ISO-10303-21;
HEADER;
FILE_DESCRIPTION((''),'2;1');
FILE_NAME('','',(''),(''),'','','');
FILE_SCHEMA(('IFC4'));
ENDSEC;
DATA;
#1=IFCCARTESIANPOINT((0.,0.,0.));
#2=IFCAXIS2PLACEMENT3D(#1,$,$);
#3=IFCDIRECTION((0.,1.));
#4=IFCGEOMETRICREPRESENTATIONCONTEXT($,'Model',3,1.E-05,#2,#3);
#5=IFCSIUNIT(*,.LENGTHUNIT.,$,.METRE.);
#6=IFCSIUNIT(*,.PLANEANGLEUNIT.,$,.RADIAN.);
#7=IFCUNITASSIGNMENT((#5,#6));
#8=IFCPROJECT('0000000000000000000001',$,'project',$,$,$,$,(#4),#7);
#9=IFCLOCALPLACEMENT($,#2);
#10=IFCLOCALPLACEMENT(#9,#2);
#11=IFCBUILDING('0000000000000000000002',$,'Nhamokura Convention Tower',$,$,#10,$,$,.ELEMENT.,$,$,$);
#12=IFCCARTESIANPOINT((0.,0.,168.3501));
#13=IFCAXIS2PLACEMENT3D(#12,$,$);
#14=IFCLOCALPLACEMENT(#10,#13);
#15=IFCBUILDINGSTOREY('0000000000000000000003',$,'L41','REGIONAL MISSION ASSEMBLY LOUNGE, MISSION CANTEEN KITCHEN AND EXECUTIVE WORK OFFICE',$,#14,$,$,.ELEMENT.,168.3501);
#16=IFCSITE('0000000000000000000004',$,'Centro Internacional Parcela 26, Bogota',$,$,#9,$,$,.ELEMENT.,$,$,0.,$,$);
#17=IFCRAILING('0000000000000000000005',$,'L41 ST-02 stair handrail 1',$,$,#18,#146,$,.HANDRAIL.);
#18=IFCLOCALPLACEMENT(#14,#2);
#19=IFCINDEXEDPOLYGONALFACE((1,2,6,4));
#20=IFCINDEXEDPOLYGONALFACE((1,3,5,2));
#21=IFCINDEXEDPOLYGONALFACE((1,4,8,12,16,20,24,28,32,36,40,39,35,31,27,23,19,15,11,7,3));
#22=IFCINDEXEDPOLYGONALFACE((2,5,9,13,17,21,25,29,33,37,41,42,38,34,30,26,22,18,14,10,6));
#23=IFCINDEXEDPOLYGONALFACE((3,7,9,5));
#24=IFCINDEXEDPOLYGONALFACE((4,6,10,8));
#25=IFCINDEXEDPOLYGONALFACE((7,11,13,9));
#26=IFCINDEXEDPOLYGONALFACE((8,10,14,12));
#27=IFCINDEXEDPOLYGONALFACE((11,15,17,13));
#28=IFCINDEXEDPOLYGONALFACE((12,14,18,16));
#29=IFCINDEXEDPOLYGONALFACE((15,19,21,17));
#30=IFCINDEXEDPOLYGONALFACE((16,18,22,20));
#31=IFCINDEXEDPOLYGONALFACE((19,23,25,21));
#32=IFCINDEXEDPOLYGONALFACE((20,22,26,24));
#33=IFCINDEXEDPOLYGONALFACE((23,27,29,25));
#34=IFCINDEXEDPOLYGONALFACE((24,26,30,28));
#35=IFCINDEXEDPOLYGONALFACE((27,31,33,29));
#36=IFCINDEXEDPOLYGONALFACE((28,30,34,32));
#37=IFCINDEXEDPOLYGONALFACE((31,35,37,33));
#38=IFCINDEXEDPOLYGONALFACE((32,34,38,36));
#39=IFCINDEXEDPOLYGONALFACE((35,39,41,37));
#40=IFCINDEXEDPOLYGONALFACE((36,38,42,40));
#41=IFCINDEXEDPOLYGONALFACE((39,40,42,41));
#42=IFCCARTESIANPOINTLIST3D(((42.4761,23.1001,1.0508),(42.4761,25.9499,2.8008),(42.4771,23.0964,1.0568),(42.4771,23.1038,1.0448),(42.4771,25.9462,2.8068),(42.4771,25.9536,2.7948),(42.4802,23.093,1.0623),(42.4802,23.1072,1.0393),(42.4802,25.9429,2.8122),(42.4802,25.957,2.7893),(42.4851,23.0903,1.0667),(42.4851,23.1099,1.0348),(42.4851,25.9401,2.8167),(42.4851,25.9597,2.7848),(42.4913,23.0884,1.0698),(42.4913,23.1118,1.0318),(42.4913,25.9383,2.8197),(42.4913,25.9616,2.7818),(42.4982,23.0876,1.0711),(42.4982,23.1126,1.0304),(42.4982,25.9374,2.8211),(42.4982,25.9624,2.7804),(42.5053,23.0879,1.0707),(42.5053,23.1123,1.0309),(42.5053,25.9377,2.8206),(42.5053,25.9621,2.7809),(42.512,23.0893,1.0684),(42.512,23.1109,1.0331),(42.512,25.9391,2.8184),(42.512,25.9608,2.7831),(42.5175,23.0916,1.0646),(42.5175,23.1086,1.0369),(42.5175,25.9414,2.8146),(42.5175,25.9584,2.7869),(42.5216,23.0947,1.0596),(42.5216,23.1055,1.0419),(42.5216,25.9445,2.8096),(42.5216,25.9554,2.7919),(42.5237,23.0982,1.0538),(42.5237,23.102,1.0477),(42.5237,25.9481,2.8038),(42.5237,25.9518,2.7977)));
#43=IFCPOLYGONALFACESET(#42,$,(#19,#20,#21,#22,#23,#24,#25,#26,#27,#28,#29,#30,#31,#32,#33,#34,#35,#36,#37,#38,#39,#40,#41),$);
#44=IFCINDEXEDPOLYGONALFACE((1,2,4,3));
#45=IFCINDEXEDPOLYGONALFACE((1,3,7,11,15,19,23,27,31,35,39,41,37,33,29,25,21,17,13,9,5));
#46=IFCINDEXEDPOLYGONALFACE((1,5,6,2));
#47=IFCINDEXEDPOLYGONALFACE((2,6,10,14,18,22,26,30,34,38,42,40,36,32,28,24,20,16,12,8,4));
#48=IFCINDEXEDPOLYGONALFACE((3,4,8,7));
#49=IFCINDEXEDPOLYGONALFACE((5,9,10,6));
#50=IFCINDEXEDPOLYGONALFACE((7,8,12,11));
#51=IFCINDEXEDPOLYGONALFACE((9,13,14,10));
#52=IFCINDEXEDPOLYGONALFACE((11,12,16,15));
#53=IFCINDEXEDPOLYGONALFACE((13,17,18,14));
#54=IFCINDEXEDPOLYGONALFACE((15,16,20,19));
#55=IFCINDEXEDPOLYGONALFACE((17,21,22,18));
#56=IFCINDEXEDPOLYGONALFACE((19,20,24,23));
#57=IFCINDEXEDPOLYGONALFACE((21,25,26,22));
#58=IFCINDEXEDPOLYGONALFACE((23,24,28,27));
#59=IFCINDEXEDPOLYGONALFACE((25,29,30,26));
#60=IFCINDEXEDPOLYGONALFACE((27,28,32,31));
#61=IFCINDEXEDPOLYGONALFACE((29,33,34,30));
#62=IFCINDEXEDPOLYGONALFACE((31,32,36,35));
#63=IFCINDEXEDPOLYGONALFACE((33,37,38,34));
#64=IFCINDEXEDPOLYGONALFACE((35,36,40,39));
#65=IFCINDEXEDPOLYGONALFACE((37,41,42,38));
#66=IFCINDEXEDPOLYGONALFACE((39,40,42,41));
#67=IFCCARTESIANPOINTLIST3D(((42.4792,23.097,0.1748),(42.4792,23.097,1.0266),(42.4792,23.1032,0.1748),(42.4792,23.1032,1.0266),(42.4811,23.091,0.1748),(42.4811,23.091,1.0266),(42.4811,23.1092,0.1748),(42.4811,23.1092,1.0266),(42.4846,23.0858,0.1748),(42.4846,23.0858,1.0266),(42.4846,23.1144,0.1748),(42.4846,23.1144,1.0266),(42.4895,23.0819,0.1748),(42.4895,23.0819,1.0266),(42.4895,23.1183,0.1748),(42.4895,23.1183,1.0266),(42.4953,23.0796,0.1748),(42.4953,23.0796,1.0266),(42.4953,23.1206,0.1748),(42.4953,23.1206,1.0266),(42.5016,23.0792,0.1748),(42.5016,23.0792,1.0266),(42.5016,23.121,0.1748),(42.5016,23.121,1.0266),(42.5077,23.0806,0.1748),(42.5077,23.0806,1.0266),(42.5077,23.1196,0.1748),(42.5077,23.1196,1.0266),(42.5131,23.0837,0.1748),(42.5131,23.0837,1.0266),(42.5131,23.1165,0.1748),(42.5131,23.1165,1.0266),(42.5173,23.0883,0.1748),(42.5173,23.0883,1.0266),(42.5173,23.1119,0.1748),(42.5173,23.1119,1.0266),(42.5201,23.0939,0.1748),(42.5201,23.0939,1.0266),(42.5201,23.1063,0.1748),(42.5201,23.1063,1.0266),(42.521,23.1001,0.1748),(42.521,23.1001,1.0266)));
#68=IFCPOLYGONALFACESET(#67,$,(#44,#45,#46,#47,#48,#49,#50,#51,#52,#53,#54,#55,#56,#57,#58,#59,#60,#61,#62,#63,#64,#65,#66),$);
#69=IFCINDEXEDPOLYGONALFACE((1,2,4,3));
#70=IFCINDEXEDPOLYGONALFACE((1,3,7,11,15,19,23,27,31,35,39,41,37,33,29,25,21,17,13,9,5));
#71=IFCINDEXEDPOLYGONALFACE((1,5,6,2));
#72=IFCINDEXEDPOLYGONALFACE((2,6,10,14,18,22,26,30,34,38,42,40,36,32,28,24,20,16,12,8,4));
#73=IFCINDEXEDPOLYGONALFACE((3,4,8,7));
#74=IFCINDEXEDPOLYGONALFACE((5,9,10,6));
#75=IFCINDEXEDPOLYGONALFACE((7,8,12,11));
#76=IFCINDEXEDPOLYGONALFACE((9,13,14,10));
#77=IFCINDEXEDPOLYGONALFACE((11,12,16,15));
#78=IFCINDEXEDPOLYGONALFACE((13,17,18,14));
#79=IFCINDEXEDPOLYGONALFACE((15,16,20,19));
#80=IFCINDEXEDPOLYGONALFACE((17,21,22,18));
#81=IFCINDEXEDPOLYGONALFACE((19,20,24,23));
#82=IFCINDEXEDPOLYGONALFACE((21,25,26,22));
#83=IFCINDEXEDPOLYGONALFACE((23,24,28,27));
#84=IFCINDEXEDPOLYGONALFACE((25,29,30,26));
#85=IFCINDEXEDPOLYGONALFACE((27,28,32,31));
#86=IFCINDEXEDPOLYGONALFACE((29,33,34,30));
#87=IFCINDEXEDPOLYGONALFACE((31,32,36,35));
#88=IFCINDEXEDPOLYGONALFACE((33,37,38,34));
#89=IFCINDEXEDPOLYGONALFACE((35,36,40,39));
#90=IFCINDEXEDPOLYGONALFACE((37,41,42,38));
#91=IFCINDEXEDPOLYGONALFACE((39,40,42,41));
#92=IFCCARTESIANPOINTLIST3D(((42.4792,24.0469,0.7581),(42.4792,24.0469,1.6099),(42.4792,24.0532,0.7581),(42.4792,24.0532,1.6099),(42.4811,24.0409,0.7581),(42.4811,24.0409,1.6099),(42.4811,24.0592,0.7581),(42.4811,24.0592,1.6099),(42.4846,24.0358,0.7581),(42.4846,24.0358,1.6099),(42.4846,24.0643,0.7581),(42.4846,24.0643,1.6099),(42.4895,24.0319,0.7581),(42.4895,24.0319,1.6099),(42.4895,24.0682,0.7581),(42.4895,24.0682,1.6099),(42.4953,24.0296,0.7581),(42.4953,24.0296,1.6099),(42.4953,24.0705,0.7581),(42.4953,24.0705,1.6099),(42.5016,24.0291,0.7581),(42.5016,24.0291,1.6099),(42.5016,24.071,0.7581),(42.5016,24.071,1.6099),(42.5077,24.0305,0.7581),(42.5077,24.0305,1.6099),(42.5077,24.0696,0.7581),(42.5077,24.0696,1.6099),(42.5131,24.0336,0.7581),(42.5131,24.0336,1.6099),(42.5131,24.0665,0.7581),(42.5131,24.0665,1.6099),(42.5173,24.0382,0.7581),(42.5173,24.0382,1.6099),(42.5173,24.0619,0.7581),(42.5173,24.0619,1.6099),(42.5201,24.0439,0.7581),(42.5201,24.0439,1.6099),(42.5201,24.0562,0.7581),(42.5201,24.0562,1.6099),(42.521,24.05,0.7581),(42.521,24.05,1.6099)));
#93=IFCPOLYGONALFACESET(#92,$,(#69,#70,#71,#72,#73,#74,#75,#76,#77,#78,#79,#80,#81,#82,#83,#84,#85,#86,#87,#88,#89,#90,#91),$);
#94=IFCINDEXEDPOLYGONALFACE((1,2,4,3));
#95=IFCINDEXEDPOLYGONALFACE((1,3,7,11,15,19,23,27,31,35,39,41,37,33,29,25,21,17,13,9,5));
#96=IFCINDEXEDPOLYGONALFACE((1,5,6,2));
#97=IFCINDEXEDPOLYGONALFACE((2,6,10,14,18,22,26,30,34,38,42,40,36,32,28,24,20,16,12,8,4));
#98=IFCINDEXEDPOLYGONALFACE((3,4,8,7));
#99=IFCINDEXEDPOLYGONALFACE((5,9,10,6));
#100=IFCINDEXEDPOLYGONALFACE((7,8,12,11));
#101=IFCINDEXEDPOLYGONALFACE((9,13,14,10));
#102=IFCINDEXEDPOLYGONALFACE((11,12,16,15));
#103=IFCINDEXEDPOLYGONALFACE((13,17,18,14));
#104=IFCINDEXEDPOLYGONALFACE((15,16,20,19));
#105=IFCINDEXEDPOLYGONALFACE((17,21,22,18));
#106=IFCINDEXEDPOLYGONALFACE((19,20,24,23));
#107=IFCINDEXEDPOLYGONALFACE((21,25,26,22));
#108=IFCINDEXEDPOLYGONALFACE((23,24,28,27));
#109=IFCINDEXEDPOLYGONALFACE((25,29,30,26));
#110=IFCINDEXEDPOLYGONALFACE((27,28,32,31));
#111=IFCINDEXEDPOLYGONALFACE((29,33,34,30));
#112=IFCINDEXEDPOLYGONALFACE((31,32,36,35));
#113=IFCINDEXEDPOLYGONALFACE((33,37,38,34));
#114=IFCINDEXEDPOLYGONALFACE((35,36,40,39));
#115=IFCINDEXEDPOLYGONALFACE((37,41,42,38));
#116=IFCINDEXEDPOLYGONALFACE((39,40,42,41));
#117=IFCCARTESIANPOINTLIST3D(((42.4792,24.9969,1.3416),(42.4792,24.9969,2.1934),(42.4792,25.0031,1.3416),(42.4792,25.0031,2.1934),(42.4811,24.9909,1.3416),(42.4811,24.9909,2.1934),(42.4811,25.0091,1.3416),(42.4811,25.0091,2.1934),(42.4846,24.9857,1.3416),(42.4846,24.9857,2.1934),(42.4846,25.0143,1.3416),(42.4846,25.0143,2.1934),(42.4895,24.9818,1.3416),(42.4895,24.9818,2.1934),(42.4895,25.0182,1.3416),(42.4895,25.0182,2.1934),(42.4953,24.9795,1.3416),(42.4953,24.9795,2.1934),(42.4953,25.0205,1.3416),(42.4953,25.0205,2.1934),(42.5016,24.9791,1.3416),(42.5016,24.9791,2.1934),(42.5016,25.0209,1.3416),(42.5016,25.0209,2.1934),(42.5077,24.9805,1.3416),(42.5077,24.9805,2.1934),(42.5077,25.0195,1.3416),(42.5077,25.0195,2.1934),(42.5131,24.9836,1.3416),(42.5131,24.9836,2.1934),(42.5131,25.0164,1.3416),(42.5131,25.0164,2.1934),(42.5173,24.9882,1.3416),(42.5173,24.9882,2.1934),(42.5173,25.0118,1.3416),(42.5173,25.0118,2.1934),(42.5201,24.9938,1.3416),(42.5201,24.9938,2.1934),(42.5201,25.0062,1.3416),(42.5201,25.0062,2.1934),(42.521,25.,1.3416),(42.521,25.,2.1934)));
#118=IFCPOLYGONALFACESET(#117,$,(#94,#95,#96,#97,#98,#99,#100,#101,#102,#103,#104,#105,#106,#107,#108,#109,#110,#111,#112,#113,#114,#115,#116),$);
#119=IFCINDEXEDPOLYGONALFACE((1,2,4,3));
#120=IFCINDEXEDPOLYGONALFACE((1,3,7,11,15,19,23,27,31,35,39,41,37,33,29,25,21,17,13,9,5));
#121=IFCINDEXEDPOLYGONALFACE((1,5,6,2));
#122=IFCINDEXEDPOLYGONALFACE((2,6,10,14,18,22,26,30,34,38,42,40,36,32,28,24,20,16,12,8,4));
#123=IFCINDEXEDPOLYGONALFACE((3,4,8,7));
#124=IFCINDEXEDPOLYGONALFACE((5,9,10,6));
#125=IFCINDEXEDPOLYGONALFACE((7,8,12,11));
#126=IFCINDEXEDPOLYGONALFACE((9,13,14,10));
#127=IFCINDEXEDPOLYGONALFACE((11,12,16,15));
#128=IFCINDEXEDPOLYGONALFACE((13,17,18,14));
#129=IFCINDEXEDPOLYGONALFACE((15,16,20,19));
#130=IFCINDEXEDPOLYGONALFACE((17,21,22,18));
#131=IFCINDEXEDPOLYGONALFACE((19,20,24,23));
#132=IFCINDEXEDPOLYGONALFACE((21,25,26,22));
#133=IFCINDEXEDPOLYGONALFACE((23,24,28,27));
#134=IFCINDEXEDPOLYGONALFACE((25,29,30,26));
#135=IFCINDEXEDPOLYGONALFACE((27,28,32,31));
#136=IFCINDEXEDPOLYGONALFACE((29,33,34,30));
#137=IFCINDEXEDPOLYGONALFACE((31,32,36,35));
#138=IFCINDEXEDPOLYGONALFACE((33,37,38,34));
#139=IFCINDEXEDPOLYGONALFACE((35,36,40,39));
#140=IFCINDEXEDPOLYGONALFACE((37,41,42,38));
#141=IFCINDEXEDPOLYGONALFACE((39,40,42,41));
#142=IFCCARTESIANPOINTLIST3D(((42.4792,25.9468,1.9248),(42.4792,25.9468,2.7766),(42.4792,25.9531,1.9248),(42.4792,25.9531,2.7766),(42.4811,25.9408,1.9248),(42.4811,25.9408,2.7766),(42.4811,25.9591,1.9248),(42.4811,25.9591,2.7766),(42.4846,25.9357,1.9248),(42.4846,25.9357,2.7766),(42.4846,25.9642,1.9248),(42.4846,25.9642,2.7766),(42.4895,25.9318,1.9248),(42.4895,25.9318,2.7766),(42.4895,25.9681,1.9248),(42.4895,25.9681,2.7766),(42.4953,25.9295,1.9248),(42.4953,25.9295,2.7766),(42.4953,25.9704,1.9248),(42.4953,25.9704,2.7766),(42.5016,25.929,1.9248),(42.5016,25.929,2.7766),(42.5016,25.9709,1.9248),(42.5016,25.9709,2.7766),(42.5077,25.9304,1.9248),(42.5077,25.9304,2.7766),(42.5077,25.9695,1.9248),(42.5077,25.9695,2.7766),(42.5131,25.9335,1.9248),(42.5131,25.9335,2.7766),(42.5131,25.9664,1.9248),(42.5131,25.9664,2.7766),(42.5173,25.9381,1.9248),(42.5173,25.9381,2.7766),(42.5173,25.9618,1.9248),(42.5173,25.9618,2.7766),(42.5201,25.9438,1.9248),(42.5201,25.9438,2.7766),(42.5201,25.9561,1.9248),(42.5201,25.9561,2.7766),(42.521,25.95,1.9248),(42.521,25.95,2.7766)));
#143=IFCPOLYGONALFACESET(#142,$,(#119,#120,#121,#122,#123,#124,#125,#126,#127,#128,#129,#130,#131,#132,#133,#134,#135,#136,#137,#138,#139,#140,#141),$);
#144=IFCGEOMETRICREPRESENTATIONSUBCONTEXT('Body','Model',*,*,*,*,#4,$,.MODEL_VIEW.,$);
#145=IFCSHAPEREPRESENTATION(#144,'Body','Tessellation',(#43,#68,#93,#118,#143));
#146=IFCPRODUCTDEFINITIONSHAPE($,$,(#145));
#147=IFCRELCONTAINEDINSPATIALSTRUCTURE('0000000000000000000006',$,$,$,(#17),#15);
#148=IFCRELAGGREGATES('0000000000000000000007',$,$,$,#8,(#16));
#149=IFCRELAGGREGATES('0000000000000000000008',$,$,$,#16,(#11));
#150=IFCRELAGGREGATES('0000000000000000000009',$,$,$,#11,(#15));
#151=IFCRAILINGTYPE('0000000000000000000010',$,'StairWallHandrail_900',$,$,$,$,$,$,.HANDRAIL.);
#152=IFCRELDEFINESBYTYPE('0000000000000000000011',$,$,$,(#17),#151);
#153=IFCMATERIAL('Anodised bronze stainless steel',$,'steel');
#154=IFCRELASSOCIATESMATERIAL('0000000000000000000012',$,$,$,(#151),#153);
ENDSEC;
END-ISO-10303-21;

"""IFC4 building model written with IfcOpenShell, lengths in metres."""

from ifc_helpers import new_model, si_unit, direction, frame, origin, origin_2d, place, context, subcontext, project, spatial, circle, extrude, material, type_object, element, save


model = new_model("IFC4")

# Units and contexts
model_context = context("Model", 3, precision=1e-05, world=origin(), true_north=direction((0.0, 1.0)))
body_context = subcontext(model_context, "Body", "Model", "MODEL_VIEW")
ifc_project = project(units=[si_unit("LENGTHUNIT", "METRE"), si_unit("PLANEANGLEUNIT", "RADIAN")], contexts=[model_context])

# Site, building, storey
site_placement = place(None, origin())
site = spatial("IfcSite", under=ifc_project, at=site_placement, Name="Centro Internacional Parcela 26, Bogota", CompositionType="ELEMENT", RefElevation=0.0)
building_placement = place(site_placement, origin())
building = spatial("IfcBuilding", under=site, at=building_placement, Name="Nhamokura Convention Tower", CompositionType="ELEMENT")
storey_placement = place(building_placement, frame((0.0, 0.0, 168.3501)))
storey = spatial("IfcBuildingStorey", under=building, at=storey_placement, Name="L41", Description="REGIONAL MISSION ASSEMBLY LOUNGE, MISSION CANTEEN KITCHEN AND EXECUTIVE WORK OFFICE", CompositionType="ELEMENT", Elevation=168.3501)

# Railing
ifc_material_1 = material(Name="Anodised bronze stainless steel", Category="steel")
railing_type_1 = type_object("IfcRailingType", Name="StairWallHandrail_900", PredefinedType="HANDRAIL", material=ifc_material_1)
railing_1_placement = place(storey_placement, frame((42.5, 23.1001, 0.1748)))
element("IfcRailing", 1, at=railing_1_placement, inside=storey, type_object=railing_type_1, Name="L41 ST-02 stair handrail 1", PredefinedType="HANDRAIL", context=body_context, shape_type="SweptSolid", body=[
    extrude(circle(Radius=0.0239, at=origin_2d()), frame((0.0, 0.0, 0.876), z_axis=(0.0, 0.852159, 0.523283), x_axis=(-1.0, 0.0, 0.0)), (0.0, 0.0, 1.0), 3.3442),
    extrude(circle(Radius=0.021, at=origin_2d()), origin(), (0.0, 0.0, 1.0), 0.8518),
    extrude(circle(Radius=0.021, at=origin_2d()), frame((0.0, 0.95, 0.5833)), (0.0, 0.0, 1.0), 0.8518),
    extrude(circle(Radius=0.021, at=origin_2d()), frame((0.0, 1.8999, 1.1667)), (0.0, 0.0, 1.0), 0.8518),
    extrude(circle(Radius=0.021, at=origin_2d()), frame((0.0, 2.8499, 1.75)), (0.0, 0.0, 1.0), 0.8518),
])

save(model, "model.ifc")
